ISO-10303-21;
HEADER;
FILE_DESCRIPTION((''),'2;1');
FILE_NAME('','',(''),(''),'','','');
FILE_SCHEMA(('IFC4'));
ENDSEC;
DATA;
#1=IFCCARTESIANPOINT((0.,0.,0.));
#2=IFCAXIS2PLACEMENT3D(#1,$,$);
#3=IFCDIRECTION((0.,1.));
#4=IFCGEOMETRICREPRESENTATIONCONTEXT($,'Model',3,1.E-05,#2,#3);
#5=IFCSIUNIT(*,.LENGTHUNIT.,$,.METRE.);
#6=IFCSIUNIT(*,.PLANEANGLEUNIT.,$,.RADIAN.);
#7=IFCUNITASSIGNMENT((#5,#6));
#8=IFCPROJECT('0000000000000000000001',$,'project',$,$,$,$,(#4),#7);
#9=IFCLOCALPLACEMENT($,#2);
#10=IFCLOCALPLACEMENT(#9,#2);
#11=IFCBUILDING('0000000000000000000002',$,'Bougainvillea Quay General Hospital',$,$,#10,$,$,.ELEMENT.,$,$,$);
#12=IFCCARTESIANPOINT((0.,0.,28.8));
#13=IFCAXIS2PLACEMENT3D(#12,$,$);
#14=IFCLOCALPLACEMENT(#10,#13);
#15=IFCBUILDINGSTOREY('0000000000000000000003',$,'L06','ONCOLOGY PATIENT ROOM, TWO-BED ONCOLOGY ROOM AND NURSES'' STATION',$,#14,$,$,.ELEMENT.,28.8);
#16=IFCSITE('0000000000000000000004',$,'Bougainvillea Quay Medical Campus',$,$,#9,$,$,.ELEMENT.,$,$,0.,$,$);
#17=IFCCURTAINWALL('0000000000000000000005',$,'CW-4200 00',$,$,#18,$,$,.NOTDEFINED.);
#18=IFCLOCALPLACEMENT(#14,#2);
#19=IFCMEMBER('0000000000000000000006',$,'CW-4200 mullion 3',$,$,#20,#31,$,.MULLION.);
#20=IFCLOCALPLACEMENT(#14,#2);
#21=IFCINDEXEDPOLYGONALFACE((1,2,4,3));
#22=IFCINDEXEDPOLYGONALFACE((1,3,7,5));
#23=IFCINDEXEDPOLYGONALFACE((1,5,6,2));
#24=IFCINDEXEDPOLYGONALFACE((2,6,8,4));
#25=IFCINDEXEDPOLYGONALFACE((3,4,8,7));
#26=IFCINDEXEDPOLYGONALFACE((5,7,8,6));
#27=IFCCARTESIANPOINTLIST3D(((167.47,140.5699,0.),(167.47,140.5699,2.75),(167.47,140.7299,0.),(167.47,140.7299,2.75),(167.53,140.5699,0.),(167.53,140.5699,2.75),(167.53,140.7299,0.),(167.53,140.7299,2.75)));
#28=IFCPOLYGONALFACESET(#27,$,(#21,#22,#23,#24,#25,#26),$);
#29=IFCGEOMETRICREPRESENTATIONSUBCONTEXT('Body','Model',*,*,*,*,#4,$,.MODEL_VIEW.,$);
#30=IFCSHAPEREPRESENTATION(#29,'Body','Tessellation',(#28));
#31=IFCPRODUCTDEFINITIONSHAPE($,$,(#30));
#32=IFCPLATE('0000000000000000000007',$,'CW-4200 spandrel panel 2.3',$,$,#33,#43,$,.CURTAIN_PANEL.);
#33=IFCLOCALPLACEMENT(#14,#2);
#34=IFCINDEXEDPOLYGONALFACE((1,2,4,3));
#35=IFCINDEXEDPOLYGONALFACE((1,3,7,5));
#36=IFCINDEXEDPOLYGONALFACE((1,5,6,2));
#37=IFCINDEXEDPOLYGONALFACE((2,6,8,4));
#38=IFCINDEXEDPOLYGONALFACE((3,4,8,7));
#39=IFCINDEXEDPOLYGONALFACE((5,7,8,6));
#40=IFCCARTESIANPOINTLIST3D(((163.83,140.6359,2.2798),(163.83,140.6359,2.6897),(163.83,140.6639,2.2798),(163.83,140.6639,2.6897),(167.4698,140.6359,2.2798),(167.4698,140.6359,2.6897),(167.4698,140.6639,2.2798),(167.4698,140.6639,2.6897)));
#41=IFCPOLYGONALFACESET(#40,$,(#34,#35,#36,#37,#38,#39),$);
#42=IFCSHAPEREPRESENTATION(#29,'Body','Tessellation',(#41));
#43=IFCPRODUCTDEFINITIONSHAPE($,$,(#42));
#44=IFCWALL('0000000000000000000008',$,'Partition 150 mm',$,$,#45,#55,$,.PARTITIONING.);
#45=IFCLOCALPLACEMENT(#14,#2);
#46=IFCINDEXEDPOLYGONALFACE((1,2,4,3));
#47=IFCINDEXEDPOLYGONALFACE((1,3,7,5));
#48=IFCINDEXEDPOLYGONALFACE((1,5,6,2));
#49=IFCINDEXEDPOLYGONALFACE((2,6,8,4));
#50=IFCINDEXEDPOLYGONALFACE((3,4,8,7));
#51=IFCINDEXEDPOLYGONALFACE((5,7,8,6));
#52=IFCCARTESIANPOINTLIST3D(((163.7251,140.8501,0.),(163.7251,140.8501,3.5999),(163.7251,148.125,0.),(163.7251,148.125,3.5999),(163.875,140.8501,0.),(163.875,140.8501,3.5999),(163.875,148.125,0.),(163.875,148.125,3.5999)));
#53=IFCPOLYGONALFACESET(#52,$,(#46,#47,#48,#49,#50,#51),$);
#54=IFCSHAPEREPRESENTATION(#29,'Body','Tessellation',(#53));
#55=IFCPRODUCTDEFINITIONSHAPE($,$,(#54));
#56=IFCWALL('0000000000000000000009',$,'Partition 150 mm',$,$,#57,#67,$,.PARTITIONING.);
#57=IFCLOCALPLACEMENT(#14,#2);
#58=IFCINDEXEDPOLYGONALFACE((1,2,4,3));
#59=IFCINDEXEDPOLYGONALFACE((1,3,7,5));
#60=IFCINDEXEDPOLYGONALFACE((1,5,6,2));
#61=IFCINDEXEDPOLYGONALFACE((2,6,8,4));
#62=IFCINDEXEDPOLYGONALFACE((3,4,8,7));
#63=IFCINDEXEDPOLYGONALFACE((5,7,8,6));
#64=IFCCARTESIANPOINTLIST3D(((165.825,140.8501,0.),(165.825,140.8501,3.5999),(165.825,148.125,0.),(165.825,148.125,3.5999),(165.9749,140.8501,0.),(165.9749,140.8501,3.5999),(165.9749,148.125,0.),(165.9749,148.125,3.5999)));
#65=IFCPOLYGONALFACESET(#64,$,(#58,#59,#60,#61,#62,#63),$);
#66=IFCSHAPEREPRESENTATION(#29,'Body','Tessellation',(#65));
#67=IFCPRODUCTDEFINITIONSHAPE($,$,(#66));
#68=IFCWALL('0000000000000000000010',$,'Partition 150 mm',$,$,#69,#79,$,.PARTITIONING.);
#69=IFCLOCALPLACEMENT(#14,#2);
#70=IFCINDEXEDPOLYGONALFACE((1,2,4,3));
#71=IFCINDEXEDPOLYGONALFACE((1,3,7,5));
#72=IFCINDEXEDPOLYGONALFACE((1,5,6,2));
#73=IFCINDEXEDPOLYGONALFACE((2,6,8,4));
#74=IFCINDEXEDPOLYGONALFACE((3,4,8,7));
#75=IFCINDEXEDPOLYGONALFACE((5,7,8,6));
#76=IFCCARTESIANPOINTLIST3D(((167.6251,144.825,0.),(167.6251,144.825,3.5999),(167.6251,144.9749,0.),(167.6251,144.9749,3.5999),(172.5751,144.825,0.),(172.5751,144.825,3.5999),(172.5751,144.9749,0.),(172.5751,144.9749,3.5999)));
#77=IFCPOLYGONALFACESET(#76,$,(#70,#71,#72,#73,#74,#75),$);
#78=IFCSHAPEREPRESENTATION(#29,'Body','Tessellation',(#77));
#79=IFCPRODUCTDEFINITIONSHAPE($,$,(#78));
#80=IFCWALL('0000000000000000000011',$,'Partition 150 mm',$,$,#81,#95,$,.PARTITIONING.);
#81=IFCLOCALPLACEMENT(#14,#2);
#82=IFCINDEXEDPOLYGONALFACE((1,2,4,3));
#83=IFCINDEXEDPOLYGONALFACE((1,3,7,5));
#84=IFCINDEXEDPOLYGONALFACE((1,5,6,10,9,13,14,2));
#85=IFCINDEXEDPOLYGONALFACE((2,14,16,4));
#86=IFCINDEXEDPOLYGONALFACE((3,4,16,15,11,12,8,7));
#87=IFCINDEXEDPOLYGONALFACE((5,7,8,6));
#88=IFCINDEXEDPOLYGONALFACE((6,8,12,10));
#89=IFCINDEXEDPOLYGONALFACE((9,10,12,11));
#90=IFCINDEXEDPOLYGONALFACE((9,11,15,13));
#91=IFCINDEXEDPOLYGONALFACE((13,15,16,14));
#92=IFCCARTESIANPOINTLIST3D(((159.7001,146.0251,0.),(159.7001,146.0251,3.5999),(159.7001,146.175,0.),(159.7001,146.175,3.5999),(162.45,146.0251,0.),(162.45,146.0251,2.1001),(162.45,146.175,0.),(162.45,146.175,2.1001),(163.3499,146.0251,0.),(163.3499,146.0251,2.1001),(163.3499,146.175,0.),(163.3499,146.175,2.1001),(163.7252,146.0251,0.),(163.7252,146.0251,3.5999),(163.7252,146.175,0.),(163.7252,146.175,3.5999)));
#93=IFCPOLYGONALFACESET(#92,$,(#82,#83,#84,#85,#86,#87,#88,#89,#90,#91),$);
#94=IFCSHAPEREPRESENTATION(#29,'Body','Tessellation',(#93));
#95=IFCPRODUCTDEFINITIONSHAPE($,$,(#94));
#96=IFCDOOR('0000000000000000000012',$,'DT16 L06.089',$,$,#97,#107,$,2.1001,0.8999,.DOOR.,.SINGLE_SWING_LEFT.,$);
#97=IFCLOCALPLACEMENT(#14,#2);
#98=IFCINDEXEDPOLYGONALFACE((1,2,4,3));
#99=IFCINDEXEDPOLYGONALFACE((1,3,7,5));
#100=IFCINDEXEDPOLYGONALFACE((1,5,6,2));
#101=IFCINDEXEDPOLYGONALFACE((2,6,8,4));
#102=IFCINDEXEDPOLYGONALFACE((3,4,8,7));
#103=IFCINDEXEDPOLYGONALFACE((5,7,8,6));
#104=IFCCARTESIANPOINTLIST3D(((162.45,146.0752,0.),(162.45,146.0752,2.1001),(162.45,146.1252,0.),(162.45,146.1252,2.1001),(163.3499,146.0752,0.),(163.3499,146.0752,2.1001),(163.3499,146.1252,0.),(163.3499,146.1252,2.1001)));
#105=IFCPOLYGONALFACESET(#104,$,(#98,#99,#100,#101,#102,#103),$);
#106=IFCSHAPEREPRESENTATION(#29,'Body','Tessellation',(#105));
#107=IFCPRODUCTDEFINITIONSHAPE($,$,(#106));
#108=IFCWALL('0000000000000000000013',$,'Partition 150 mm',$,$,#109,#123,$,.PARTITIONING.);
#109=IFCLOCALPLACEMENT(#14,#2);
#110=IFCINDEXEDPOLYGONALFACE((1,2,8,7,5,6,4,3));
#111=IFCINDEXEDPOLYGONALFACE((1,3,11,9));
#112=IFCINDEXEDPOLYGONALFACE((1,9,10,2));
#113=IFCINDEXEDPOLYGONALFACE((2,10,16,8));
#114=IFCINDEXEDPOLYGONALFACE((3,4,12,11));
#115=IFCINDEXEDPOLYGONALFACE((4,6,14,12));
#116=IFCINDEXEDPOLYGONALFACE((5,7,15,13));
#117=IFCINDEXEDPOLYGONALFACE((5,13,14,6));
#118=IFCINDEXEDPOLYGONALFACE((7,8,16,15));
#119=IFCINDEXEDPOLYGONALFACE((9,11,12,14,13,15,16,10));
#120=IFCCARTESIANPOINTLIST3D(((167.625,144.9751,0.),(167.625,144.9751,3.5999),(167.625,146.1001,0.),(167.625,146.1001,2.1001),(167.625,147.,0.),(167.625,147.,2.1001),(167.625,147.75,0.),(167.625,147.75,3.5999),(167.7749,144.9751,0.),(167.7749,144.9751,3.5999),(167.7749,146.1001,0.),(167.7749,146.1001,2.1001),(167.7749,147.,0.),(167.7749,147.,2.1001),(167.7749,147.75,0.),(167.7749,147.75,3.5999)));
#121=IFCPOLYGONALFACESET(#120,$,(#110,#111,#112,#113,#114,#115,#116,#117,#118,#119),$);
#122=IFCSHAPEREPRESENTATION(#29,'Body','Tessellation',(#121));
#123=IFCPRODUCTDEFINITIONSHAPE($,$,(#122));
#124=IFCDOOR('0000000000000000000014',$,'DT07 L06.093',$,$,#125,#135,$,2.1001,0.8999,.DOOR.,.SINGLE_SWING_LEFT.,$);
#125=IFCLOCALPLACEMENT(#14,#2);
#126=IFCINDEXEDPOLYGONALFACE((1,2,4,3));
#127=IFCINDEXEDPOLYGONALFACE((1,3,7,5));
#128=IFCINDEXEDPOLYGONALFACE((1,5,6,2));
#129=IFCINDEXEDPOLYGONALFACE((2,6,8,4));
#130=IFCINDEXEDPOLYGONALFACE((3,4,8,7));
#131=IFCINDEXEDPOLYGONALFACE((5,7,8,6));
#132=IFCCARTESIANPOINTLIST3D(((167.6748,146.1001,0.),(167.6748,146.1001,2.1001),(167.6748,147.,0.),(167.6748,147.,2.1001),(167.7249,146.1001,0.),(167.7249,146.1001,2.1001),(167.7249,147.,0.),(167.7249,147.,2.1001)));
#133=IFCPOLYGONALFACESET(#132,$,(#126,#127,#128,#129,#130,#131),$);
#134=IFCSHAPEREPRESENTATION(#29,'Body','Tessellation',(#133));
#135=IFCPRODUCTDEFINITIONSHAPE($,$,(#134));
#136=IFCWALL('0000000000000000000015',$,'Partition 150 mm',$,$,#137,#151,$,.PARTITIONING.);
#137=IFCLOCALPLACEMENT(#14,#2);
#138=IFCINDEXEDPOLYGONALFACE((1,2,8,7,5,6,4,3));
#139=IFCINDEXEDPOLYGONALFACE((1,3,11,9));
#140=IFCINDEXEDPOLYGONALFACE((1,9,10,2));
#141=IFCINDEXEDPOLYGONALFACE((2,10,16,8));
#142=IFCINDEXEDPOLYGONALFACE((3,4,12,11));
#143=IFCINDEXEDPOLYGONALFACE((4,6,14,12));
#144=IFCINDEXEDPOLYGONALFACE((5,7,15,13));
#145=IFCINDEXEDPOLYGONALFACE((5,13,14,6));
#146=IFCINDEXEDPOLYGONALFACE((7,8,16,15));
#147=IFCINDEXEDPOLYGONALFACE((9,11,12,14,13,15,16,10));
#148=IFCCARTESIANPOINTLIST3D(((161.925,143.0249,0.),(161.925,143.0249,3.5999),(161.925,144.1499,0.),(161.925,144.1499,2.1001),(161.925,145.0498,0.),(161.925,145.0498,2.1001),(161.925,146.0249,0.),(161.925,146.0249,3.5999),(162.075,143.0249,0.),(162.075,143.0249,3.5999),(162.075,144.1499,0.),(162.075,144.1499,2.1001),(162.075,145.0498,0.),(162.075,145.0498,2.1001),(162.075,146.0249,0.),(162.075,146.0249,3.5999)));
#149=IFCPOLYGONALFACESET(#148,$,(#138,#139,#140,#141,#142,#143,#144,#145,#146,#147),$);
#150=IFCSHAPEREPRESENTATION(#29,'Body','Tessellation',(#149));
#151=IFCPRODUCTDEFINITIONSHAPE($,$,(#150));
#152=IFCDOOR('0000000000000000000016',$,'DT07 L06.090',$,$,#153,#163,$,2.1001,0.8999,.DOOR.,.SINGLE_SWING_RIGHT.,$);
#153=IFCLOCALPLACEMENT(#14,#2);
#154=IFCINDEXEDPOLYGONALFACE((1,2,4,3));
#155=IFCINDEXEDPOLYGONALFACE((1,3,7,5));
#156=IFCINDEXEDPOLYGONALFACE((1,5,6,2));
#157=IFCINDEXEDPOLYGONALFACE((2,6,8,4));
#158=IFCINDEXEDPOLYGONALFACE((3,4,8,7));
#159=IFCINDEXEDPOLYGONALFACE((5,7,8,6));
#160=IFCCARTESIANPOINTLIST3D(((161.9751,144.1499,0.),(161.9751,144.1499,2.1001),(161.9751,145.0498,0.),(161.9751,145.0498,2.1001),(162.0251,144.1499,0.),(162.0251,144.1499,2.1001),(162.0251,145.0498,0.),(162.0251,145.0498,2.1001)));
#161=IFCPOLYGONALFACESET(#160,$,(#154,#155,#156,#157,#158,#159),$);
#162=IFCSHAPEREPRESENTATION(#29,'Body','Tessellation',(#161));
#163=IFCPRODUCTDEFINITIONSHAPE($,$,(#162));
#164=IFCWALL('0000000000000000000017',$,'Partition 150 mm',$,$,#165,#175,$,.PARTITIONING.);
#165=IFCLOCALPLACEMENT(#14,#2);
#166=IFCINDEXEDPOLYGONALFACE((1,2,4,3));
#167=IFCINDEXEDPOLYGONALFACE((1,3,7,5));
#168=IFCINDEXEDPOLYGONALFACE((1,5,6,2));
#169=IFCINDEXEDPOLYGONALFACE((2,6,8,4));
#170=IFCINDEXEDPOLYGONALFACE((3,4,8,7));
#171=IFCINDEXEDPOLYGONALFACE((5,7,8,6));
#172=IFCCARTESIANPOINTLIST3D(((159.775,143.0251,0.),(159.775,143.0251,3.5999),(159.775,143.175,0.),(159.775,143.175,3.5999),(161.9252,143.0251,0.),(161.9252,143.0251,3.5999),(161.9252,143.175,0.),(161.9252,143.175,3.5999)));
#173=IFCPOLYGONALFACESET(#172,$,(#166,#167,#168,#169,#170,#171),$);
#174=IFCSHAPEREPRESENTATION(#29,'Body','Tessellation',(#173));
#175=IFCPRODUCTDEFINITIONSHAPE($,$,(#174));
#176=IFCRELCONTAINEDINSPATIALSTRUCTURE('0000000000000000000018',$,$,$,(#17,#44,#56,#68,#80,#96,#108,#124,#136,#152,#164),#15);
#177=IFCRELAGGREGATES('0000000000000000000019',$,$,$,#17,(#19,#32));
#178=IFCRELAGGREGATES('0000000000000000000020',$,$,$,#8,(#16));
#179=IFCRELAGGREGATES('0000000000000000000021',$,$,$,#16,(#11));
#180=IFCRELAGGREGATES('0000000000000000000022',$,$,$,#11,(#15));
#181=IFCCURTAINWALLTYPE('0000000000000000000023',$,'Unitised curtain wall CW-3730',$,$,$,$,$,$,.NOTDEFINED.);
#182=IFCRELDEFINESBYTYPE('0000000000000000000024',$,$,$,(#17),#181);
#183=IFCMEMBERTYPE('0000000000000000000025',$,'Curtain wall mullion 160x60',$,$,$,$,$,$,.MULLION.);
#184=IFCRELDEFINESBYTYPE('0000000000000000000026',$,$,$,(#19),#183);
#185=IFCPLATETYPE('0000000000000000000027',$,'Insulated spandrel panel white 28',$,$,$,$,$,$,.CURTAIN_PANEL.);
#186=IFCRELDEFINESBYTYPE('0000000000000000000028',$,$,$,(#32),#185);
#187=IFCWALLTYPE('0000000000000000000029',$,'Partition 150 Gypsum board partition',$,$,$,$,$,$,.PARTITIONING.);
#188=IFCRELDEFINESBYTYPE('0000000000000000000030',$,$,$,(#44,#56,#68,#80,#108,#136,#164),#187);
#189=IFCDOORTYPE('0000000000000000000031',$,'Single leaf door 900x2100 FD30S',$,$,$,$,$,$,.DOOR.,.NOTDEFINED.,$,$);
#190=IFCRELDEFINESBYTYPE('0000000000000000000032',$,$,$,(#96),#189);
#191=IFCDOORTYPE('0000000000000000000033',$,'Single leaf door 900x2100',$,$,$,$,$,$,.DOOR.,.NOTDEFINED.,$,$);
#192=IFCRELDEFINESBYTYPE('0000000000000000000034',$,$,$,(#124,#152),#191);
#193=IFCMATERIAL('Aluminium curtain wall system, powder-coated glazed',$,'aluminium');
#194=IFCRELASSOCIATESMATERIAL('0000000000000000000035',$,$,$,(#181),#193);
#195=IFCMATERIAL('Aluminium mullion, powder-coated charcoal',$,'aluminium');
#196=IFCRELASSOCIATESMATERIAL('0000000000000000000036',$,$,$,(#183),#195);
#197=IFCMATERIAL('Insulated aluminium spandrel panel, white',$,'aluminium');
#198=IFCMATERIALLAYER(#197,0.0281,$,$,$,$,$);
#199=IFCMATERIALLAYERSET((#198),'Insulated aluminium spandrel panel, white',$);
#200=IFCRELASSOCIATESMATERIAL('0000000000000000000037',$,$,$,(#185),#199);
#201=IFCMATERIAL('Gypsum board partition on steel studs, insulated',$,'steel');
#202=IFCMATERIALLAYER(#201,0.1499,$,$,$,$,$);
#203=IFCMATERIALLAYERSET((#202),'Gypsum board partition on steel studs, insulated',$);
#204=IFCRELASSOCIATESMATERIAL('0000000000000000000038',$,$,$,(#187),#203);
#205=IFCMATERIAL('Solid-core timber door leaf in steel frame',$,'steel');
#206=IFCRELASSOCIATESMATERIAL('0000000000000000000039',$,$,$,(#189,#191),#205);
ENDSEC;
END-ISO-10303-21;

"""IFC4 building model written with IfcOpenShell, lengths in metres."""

from ifc_helpers import new_model, si_unit, direction, frame, frame_2d, origin, origin_2d, place, context, subcontext, project, spatial, rectangle, extrude, material, layer, layer_set, material_profile, profile_set, type_object, element, fill, aggregate, save


model = new_model("IFC4")

# Units and contexts
model_context = context("Model", 3, precision=1e-05, world=origin(), true_north=direction((0.0, 1.0)))
body_context = subcontext(model_context, "Body", "Model", "MODEL_VIEW")
ifc_project = project(units=[si_unit("LENGTHUNIT", "METRE"), si_unit("PLANEANGLEUNIT", "RADIAN")], contexts=[model_context])

# Site, building, storey
site_placement = place(None, origin())
site = spatial("IfcSite", under=ifc_project, at=site_placement, Name="Bougainvillea Quay Medical Campus", CompositionType="ELEMENT", RefElevation=0.0)
building_placement = place(site_placement, origin())
building = spatial("IfcBuilding", under=site, at=building_placement, Name="Bougainvillea Quay General Hospital", CompositionType="ELEMENT")
storey_placement = place(building_placement, frame((0.0, 0.0, 28.8)))
storey = spatial("IfcBuildingStorey", under=building, at=storey_placement, Name="L06", Description="ONCOLOGY PATIENT ROOM, TWO-BED ONCOLOGY ROOM AND NURSES' STATION", CompositionType="ELEMENT", Elevation=28.8)

# Curtain wall, member, plate
ifc_material_1 = material(Name="Aluminium curtain wall system, powder-coated glazed", Category="aluminium")
curtain_wall_type = type_object("IfcCurtainWallType", Name="Unitised curtain wall CW-3730", PredefinedType="NOTDEFINED", material=ifc_material_1)
curtain_wall_placement = place(storey_placement, origin())
curtain_wall = element("IfcCurtainWall", 1, at=curtain_wall_placement, inside=storey, type_object=curtain_wall_type, Name="CW-4200 00", PredefinedType="NOTDEFINED")
ifc_material_2 = material(Name="Aluminium mullion, powder-coated charcoal", Category="aluminium")
ifc_material_profile_1 = material_profile(ifc_material_2, rectangle(XDim=0.1599, YDim=0.0601, at=origin_2d()))
ifc_profile_set_1 = profile_set([ifc_material_profile_1], Name="Aluminium mullion, powder-coated charcoal")
member_type = type_object("IfcMemberType", Name="Curtain wall mullion 160x60", PredefinedType="MULLION", material=ifc_profile_set_1)
member_placement = place(storey_placement, frame((167.5, 140.6499, 0.0), z_axis=(0.0, 0.0, 1.0), x_axis=(0.0, 1.0, 0.0)))
member = element("IfcMember", 2, at=member_placement, type_object=member_type, Name="CW-4200 mullion 3", PredefinedType="MULLION", context=body_context, shape_type="SweptSolid", body=[
    extrude(rectangle(XDim=0.1599, YDim=0.0601, at=origin_2d()), origin(), (0.0, 0.0, 1.0), 2.75),
])
ifc_material_3 = material(Name="Insulated aluminium spandrel panel, white", Category="aluminium")
ifc_layer_1 = layer(ifc_material_3, 0.0281)
ifc_layer_set_1 = layer_set([ifc_layer_1], Name="Insulated aluminium spandrel panel, white")
plate_type = type_object("IfcPlateType", Name="Insulated spandrel panel white 28", PredefinedType="CURTAIN_PANEL", material=ifc_layer_set_1)
plate_placement = place(storey_placement, frame((165.6499, 140.6499, 2.2798), z_axis=(0.0, 0.0, 1.0), x_axis=(1.0, 0.0, 0.0)))
plate = element("IfcPlate", 3, at=plate_placement, type_object=plate_type, Name="CW-4200 spandrel panel 2.3", PredefinedType="CURTAIN_PANEL", context=body_context, shape_type="SweptSolid", body=[
    extrude(rectangle(XDim=3.6399, YDim=0.0281, at=origin_2d()), origin(), (0.0, 0.0, 1.0), 0.4099),
])
aggregate(curtain_wall, [member, plate])

# Walls
ifc_material_4 = material(Name="Gypsum board partition on steel studs, insulated", Category="steel")
ifc_layer_2 = layer(ifc_material_4, 0.1499)
ifc_layer_set_2 = layer_set([ifc_layer_2], Name="Gypsum board partition on steel studs, insulated")
wall_type_1 = type_object("IfcWallType", Name="Partition 150 Gypsum board partition", PredefinedType="PARTITIONING", material=ifc_layer_set_2)
for number, where, z_axis, x_axis, name in (
    (4, (163.8, 140.8501, 0.0), (0.0, 0.0, 1.0), (0.0, 1.0, 0.0), "Partition 150 mm"),
    (5, (165.8999, 140.8501, 0.0), (0.0, 0.0, 1.0), (0.0, 1.0, 0.0), "Partition 150 mm"),
):
    element("IfcWall", number, at=place(storey_placement, frame(where, z_axis=z_axis, x_axis=x_axis)), inside=storey, type_object=wall_type_1, Name=name, PredefinedType="PARTITIONING", context=body_context, shape_type="SweptSolid", body=[
        extrude(rectangle(XDim=7.2749, YDim=0.1499, at=frame_2d((3.6375, 0.0))), origin(), (0.0, 0.0, 1.0), 3.5999),
    ])
wall_1_placement = place(storey_placement, frame((167.625, 144.8999, 0.0), z_axis=(0.0, 0.0, 1.0), x_axis=(1.0, 0.0, 0.0)))
element("IfcWall", 6, at=wall_1_placement, inside=storey, type_object=wall_type_1, Name="Partition 150 mm", PredefinedType="PARTITIONING", context=body_context, shape_type="SweptSolid", body=[
    extrude(rectangle(XDim=4.95, YDim=0.1499, at=frame_2d((2.4751, 0.0))), origin(), (0.0, 0.0, 1.0), 3.5999),
])

# Walls, openings, doors
wall_2_placement = place(storey_placement, frame((159.7, 146.1001, 0.0), z_axis=(0.0, 0.0, 1.0), x_axis=(1.0, 0.0, 0.0)))
wall_2 = element("IfcWall", 7, at=wall_2_placement, inside=storey, type_object=wall_type_1, Name="Partition 150 mm", PredefinedType="PARTITIONING", context=body_context, shape_type="SweptSolid", body=[
    extrude(rectangle(XDim=4.0251, YDim=0.1499, at=frame_2d((2.0127, 0.0))), origin(), (0.0, 0.0, 1.0), 3.5999),
])
opening_1_placement = place(wall_2_placement, frame((2.75, 0.0, 0.0)))
opening_1 = element("IfcOpeningElement", 8, at=opening_1_placement, cuts=wall_2, PredefinedType="OPENING", context=body_context, shape_type="SweptSolid", body=[
    extrude(rectangle(XDim=0.8999, YDim=2.1001, at=frame_2d((0.45, 1.05))), frame((0.0, 0.085, 0.0), z_axis=(0.0, -1.0, 0.0), x_axis=(1.0, 0.0, 0.0)), (0.0, 0.0, 1.0), 0.1699),
])
ifc_material_5 = material(Name="Solid-core timber door leaf in steel frame", Category="steel")
door_type_1 = type_object("IfcDoorType", Name="Single leaf door 900x2100 FD30S", OperationType="NOTDEFINED", PredefinedType="DOOR", material=ifc_material_5)
door_1_placement = place(opening_1_placement, frame((0.8999, 0.0, 0.0), z_axis=(0.0, 0.0, 1.0), x_axis=(-1.0, 0.0, 0.0)))
door_1 = element("IfcDoor", 9, at=door_1_placement, inside=storey, type_object=door_type_1, Name="DT16 L06.089", OperationType="SINGLE_SWING_LEFT", OverallHeight=2.1001, OverallWidth=0.8999, PredefinedType="DOOR", context=body_context, shape_type="SweptSolid", body=[
    extrude(rectangle(XDim=0.8999, YDim=2.1001, at=frame_2d((0.45, 1.05))), frame((0.0, 0.0249, 0.0), z_axis=(0.0, -1.0, 0.0), x_axis=(1.0, 0.0, 0.0)), (0.0, 0.0, 1.0), 0.05),
])
fill(opening_1, door_1)
wall_3_placement = place(storey_placement, frame((167.7, 144.9751, 0.0), z_axis=(0.0, 0.0, 1.0), x_axis=(0.0, 1.0, 0.0)))
wall_3 = element("IfcWall", 10, at=wall_3_placement, inside=storey, type_object=wall_type_1, Name="Partition 150 mm", PredefinedType="PARTITIONING", context=body_context, shape_type="SweptSolid", body=[
    extrude(rectangle(XDim=2.7749, YDim=0.1499, at=frame_2d((1.3875, 0.0))), origin(), (0.0, 0.0, 1.0), 3.5999),
])
opening_2_placement = place(wall_3_placement, frame((1.125, 0.0, 0.0)))
opening_2 = element("IfcOpeningElement", 11, at=opening_2_placement, cuts=wall_3, PredefinedType="OPENING", context=body_context, shape_type="SweptSolid", body=[
    extrude(rectangle(XDim=0.8999, YDim=2.1001, at=frame_2d((0.45, 1.05))), frame((0.0, 0.085, 0.0), z_axis=(0.0, -1.0, 0.0), x_axis=(1.0, 0.0, 0.0)), (0.0, 0.0, 1.0), 0.1699),
])
door_type_2 = type_object("IfcDoorType", Name="Single leaf door 900x2100", OperationType="NOTDEFINED", PredefinedType="DOOR", material=ifc_material_5)
door_2_placement = place(opening_2_placement, frame((0.8999, 0.0, 0.0), z_axis=(0.0, 0.0, 1.0), x_axis=(-1.0, 0.0, 0.0)))
door_2 = element("IfcDoor", 12, at=door_2_placement, inside=storey, type_object=door_type_2, Name="DT07 L06.093", OperationType="SINGLE_SWING_LEFT", OverallHeight=2.1001, OverallWidth=0.8999, PredefinedType="DOOR", context=body_context, shape_type="SweptSolid", body=[
    extrude(rectangle(XDim=0.8999, YDim=2.1001, at=frame_2d((0.45, 1.05))), frame((0.0, 0.0249, 0.0), z_axis=(0.0, -1.0, 0.0), x_axis=(1.0, 0.0, 0.0)), (0.0, 0.0, 1.0), 0.05),
])
fill(opening_2, door_2)
wall_4_placement = place(storey_placement, frame((162.0, 143.0249, 0.0), z_axis=(0.0, 0.0, 1.0), x_axis=(0.0, 1.0, 0.0)))
wall_4 = element("IfcWall", 13, at=wall_4_placement, inside=storey, type_object=wall_type_1, Name="Partition 150 mm", PredefinedType="PARTITIONING", context=body_context, shape_type="SweptSolid", body=[
    extrude(rectangle(XDim=3.0, YDim=0.1499, at=frame_2d((1.5, 0.0))), origin(), (0.0, 0.0, 1.0), 3.5999),
])
opening_3_placement = place(wall_4_placement, frame((1.125, 0.0, 0.0)))
opening_3 = element("IfcOpeningElement", 14, at=opening_3_placement, cuts=wall_4, PredefinedType="OPENING", context=body_context, shape_type="SweptSolid", body=[
    extrude(rectangle(XDim=0.8999, YDim=2.1001, at=frame_2d((0.45, 1.05))), frame((0.0, 0.085, 0.0), z_axis=(0.0, -1.0, 0.0), x_axis=(1.0, 0.0, 0.0)), (0.0, 0.0, 1.0), 0.1699),
])
door_3_placement = place(opening_3_placement, origin())
door_3 = element("IfcDoor", 15, at=door_3_placement, inside=storey, type_object=door_type_2, Name="DT07 L06.090", OperationType="SINGLE_SWING_RIGHT", OverallHeight=2.1001, OverallWidth=0.8999, PredefinedType="DOOR", context=body_context, shape_type="SweptSolid", body=[
    extrude(rectangle(XDim=0.8999, YDim=2.1001, at=frame_2d((0.45, 1.05))), frame((0.0, 0.0249, 0.0), z_axis=(0.0, -1.0, 0.0), x_axis=(1.0, 0.0, 0.0)), (0.0, 0.0, 1.0), 0.05),
])
fill(opening_3, door_3)

# Wall
wall_5_placement = place(storey_placement, frame((159.7749, 143.1001, 0.0), z_axis=(0.0, 0.0, 1.0), x_axis=(1.0, 0.0, 0.0)))
element("IfcWall", 16, at=wall_5_placement, inside=storey, type_object=wall_type_1, Name="Partition 150 mm", PredefinedType="PARTITIONING", context=body_context, shape_type="SweptSolid", body=[
    extrude(rectangle(XDim=2.1501, YDim=0.1499, at=frame_2d((1.0752, 0.0))), origin(), (0.0, 0.0, 1.0), 3.5999),
])

save(model, "model.ifc")
